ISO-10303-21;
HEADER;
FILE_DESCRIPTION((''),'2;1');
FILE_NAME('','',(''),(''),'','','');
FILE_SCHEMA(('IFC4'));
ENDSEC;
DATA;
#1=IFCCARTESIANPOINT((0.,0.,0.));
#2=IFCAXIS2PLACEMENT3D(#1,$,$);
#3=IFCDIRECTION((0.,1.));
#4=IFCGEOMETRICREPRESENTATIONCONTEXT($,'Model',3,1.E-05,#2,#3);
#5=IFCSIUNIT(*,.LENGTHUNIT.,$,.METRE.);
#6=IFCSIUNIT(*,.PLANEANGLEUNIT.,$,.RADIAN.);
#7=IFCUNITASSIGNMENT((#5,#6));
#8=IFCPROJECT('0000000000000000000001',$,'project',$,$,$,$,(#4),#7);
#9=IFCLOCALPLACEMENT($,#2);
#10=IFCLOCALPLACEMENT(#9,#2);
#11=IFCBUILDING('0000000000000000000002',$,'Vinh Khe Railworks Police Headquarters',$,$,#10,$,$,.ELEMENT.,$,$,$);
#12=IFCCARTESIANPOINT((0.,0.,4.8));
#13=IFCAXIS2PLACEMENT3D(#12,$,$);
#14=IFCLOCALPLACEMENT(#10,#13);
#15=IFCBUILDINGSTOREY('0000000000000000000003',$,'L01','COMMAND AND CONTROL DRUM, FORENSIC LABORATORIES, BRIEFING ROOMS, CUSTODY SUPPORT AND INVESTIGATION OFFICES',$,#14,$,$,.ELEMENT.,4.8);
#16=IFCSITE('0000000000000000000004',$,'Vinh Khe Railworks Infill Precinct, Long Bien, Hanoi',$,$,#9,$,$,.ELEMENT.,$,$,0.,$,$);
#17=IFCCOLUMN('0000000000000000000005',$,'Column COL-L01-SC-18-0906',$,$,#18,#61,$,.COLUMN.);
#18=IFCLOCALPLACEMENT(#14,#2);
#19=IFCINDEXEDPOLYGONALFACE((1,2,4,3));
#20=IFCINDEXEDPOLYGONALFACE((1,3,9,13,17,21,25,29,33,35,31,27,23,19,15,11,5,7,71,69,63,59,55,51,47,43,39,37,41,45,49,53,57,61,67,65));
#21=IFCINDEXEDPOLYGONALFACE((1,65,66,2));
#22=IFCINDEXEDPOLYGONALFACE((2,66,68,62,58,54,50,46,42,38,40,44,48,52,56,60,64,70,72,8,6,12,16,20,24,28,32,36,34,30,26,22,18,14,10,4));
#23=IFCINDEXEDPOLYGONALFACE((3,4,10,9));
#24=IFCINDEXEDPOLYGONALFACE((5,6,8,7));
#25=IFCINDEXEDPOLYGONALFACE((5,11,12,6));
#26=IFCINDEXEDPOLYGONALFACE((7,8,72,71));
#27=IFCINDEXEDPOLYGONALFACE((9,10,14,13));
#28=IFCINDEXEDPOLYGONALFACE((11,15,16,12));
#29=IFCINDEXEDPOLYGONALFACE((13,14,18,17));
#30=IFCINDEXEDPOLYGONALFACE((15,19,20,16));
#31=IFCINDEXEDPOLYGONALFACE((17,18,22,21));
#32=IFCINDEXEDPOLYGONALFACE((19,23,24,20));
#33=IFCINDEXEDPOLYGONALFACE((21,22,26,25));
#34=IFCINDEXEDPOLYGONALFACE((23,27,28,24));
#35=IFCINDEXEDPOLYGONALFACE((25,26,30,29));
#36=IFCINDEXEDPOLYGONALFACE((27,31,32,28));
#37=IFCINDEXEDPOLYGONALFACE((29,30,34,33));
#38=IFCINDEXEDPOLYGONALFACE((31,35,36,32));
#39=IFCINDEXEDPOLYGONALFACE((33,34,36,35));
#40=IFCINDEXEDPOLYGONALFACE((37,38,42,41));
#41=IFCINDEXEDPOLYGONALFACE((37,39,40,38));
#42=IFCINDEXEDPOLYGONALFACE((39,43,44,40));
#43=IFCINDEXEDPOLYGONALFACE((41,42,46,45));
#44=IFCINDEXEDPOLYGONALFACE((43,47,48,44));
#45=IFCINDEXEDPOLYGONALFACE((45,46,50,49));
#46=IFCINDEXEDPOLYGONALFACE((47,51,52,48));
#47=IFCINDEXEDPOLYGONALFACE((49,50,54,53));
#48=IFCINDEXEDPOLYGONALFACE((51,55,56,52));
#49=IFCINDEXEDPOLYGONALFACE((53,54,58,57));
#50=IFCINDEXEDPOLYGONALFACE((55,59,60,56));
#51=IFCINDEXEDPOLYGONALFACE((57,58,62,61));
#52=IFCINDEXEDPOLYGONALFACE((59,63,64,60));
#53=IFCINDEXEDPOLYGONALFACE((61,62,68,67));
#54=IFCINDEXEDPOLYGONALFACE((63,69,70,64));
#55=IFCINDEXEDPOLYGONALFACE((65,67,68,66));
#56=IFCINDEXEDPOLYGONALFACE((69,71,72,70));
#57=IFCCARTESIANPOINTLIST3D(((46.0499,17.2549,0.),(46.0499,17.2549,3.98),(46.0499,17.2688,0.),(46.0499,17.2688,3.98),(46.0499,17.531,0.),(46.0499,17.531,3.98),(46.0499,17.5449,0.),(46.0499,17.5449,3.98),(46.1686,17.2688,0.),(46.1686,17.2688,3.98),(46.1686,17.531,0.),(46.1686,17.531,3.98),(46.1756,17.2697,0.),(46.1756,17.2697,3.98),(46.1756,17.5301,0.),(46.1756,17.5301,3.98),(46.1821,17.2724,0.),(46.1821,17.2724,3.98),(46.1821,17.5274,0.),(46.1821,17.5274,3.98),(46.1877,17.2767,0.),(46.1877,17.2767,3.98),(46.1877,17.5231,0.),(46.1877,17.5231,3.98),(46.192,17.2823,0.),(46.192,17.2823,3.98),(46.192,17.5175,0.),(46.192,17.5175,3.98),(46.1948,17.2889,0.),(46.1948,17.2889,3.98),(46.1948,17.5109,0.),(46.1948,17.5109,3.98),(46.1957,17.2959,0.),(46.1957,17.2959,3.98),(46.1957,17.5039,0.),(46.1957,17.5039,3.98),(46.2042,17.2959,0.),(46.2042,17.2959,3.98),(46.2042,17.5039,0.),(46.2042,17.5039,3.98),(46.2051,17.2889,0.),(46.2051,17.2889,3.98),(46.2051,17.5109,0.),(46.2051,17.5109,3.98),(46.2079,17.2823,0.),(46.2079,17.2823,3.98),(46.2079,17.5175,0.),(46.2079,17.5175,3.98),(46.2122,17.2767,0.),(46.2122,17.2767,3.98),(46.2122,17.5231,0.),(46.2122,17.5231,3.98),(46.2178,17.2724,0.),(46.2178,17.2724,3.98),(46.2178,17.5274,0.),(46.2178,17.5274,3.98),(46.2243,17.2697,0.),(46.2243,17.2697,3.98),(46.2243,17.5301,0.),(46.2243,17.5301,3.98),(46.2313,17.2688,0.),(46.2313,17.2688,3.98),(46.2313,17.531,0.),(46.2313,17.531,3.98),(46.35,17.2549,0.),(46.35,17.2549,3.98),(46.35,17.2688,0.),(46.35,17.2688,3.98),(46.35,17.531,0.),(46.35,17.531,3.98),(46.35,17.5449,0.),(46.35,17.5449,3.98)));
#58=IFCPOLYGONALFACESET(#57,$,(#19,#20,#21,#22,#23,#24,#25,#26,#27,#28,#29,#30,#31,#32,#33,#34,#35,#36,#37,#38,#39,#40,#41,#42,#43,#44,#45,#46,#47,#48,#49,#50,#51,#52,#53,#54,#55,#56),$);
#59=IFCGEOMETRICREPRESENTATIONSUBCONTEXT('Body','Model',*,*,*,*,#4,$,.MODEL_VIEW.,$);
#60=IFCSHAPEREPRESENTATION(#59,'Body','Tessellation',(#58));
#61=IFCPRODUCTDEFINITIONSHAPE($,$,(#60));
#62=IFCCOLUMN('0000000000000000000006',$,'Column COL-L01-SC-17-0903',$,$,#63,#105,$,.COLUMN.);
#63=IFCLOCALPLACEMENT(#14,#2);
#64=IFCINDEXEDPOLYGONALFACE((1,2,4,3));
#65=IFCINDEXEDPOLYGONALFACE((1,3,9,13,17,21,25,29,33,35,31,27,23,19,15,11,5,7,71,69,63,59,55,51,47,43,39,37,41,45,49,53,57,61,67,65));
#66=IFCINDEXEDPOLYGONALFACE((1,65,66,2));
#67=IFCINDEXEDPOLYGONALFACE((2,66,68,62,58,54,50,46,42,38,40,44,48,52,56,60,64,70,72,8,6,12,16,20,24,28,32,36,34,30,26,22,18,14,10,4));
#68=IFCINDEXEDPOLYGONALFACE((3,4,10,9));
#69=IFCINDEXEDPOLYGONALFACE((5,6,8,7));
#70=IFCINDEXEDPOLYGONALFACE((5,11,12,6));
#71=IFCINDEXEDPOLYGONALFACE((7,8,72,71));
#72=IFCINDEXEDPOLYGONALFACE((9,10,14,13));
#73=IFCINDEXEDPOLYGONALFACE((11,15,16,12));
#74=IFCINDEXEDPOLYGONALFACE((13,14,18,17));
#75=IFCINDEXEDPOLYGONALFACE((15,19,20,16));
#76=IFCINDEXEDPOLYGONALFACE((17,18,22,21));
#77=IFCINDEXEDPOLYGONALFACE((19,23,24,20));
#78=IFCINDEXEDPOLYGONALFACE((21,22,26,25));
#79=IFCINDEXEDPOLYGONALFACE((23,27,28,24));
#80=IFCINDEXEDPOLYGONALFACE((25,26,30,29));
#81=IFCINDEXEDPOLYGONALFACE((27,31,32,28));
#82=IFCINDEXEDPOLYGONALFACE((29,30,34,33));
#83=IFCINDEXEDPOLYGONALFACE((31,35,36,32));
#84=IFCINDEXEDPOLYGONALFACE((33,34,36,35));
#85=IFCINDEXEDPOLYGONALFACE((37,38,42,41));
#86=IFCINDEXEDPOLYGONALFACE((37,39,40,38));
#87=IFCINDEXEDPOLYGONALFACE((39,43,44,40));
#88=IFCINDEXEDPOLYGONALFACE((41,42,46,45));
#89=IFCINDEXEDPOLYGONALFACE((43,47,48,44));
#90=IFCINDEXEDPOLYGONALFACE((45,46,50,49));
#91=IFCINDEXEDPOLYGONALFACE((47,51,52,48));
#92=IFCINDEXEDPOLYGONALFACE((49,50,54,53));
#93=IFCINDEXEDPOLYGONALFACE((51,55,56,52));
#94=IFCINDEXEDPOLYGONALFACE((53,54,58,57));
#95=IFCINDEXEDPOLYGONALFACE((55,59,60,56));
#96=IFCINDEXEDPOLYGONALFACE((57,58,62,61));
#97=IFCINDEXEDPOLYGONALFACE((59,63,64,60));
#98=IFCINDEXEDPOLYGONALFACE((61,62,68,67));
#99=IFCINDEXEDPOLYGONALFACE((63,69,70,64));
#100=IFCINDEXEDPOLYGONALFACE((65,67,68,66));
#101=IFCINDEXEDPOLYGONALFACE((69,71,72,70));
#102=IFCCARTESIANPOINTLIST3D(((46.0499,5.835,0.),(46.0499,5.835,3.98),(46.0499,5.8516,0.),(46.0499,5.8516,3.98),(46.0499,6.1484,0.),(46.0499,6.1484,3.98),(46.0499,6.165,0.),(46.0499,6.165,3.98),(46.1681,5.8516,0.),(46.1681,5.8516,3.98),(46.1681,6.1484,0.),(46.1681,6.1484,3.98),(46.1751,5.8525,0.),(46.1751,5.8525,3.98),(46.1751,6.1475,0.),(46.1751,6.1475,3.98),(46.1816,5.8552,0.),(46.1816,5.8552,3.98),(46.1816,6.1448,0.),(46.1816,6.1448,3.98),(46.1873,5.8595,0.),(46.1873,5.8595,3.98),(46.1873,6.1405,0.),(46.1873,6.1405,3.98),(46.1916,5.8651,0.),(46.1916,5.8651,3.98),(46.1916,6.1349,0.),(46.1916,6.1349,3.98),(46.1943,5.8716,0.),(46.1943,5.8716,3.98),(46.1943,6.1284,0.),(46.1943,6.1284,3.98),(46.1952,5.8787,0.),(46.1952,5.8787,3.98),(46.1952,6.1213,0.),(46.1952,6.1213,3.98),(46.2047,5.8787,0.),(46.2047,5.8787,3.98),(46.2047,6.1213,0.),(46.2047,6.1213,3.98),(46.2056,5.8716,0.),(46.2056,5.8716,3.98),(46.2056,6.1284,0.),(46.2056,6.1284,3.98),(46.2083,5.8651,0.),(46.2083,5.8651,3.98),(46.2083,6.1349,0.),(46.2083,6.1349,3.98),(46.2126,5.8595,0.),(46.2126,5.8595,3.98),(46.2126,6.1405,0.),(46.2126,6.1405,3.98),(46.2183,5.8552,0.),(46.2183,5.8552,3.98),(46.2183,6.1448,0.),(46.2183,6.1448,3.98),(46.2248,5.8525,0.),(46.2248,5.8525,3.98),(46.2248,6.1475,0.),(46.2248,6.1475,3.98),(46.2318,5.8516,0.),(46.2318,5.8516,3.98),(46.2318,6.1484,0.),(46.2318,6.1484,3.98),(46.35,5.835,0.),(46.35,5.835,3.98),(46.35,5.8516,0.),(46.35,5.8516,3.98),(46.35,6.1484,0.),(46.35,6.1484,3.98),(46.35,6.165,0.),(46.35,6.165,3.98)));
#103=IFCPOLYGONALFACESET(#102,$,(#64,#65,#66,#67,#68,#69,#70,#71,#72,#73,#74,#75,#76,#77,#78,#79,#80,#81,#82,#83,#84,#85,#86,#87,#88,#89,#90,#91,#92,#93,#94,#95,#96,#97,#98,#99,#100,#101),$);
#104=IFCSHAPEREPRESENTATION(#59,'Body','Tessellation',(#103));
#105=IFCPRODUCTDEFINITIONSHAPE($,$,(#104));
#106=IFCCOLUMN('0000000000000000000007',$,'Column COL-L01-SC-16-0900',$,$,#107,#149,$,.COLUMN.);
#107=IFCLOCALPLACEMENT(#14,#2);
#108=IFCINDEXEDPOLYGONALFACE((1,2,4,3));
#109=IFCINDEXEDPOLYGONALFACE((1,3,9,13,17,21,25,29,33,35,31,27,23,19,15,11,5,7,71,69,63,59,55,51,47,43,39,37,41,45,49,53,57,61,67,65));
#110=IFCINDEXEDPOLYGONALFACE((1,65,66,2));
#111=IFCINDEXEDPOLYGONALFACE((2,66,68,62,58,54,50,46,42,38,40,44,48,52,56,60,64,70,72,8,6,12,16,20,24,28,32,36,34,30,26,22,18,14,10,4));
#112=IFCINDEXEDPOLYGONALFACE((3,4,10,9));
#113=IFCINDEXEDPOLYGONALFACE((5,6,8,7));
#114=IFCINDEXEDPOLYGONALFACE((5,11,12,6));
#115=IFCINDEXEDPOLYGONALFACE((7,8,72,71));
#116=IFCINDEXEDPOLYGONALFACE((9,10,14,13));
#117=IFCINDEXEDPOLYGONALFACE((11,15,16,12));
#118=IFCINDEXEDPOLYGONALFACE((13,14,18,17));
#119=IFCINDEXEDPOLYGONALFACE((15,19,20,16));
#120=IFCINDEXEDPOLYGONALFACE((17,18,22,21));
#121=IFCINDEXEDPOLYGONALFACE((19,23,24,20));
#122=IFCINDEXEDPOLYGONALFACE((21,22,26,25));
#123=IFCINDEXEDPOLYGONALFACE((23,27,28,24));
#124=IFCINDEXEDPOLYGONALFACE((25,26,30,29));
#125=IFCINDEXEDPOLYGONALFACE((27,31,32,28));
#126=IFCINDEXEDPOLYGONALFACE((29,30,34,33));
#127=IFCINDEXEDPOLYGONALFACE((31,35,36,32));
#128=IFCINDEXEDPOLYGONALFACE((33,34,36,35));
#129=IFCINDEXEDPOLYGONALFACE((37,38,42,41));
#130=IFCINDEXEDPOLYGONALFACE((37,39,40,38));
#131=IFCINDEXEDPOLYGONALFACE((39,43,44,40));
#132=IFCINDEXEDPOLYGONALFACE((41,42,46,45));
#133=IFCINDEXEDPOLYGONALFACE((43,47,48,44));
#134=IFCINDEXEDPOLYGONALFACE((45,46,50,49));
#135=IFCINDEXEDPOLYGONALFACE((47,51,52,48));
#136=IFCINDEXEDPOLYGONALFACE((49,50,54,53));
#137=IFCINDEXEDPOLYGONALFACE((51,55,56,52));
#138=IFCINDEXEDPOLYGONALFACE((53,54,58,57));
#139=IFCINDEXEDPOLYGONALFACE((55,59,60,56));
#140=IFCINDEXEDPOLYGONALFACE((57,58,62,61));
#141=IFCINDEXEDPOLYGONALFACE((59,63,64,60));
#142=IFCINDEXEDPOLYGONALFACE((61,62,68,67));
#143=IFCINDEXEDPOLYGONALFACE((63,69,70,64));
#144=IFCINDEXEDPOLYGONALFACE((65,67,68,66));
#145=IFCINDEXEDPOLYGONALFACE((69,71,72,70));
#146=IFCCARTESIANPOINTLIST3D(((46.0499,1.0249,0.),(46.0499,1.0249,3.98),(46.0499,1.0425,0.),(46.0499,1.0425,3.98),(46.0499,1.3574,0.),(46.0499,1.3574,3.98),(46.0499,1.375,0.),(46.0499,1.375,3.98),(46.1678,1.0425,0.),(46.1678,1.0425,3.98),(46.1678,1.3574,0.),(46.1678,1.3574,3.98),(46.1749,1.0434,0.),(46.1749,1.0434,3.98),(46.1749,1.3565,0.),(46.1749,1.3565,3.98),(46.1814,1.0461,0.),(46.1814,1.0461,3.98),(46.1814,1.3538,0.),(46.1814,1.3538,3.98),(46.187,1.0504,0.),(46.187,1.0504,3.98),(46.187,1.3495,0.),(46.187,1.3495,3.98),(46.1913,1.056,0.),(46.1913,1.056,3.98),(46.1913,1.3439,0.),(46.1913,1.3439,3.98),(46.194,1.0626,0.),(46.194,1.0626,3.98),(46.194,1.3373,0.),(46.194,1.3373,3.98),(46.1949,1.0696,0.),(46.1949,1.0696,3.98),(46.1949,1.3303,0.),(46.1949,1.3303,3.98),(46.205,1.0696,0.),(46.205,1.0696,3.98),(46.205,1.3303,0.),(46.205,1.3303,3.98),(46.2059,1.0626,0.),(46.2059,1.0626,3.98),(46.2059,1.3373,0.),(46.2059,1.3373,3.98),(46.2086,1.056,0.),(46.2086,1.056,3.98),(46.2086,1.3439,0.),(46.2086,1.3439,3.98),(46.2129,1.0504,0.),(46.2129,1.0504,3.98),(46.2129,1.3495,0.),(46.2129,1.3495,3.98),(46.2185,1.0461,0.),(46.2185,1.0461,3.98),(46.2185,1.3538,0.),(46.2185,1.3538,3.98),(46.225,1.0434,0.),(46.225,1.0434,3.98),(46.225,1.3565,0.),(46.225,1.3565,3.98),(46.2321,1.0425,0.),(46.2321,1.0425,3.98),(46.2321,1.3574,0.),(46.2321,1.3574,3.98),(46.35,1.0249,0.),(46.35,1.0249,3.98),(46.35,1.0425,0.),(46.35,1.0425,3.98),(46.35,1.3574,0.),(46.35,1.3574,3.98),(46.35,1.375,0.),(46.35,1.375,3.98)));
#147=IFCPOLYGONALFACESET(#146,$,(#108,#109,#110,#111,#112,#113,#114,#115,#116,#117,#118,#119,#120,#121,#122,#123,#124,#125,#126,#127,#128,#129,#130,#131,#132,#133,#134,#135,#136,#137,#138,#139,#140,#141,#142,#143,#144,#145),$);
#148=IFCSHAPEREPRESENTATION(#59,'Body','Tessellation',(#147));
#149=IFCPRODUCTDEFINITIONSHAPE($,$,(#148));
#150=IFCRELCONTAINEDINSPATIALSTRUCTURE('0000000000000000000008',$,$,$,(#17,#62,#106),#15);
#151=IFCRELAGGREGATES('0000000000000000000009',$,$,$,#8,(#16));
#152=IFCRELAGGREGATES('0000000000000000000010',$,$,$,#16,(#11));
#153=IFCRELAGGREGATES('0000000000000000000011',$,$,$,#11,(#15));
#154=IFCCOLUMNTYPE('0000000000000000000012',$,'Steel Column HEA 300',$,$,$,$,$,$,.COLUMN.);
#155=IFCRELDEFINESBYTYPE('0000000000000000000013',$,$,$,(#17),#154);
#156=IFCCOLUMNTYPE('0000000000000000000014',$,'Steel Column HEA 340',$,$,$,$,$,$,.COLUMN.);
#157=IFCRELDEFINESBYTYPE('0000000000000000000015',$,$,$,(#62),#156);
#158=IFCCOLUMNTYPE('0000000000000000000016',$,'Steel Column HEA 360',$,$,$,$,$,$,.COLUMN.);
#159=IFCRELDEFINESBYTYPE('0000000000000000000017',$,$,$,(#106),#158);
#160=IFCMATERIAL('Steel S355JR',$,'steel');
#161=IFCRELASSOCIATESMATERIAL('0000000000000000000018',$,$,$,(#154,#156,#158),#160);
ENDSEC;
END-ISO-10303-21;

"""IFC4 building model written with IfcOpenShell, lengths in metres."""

from ifc_helpers import new_model, si_unit, direction, frame, origin, origin_2d, place, context, subcontext, project, spatial, i_section, extrude, material, material_profile, profile_set, type_object, element, save


model = new_model("IFC4")

# Units and contexts
model_context = context("Model", 3, precision=1e-05, world=origin(), true_north=direction((0.0, 1.0)))
body_context = subcontext(model_context, "Body", "Model", "MODEL_VIEW")
ifc_project = project(units=[si_unit("LENGTHUNIT", "METRE"), si_unit("PLANEANGLEUNIT", "RADIAN")], contexts=[model_context])

# Site, building, storey
site_placement = place(None, origin())
site = spatial("IfcSite", under=ifc_project, at=site_placement, Name="Vinh Khe Railworks Infill Precinct, Long Bien, Hanoi", CompositionType="ELEMENT", RefElevation=0.0)
building_placement = place(site_placement, origin())
building = spatial("IfcBuilding", under=site, at=building_placement, Name="Vinh Khe Railworks Police Headquarters", CompositionType="ELEMENT")
storey_placement = place(building_placement, frame((0.0, 0.0, 4.8)))
storey = spatial("IfcBuildingStorey", under=building, at=storey_placement, Name="L01", Description="COMMAND AND CONTROL DRUM, FORENSIC LABORATORIES, BRIEFING ROOMS, CUSTODY SUPPORT AND INVESTIGATION OFFICES", CompositionType="ELEMENT", Elevation=4.8)

# Columns
ifc_material_1 = material(Name="Steel S355JR", Category="steel")
ifc_material_profile_1 = material_profile(ifc_material_1, i_section(OverallWidth=0.3, OverallDepth=0.29, WebThickness=0.0085, FlangeThickness=0.0139, FilletRadius=0.0271, at=origin_2d()), Name="HEA 300")
ifc_profile_set_1 = profile_set([ifc_material_profile_1], Name="Steel S355JR")
column_type_1 = type_object("IfcColumnType", Name="Steel Column HEA 300", PredefinedType="COLUMN", material=ifc_profile_set_1)
for number, where, z_axis, x_axis, name in (
    (1, (46.2, 17.3999, 0.0), (0.0, 0.0, 1.0), (1.0, 0.0, 0.0), "Column COL-L01-SC-18-0906"),
):
    element("IfcColumn", number, at=place(storey_placement, frame(where, z_axis=z_axis, x_axis=x_axis)), inside=storey, type_object=column_type_1, Name=name, PredefinedType="COLUMN", context=body_context, shape_type="SweptSolid", body=[
        extrude(i_section(OverallWidth=0.3, OverallDepth=0.29, WebThickness=0.0085, FlangeThickness=0.0139, FilletRadius=0.0271, at=origin_2d()), origin(), (0.0, 0.0, 1.0), 3.98),
    ])
ifc_material_profile_2 = material_profile(ifc_material_1, i_section(OverallWidth=0.3, OverallDepth=0.3301, WebThickness=0.0095, FlangeThickness=0.0166, FilletRadius=0.0271, at=origin_2d()), Name="HEA 340")
ifc_profile_set_2 = profile_set([ifc_material_profile_2], Name="Steel S355JR")
column_type_2 = type_object("IfcColumnType", Name="Steel Column HEA 340", PredefinedType="COLUMN", material=ifc_profile_set_2)
column_1_placement = place(storey_placement, frame((46.2, 6.0, 0.0), z_axis=(0.0, 0.0, 1.0), x_axis=(1.0, 0.0, 0.0)))
element("IfcColumn", 2, at=column_1_placement, inside=storey, type_object=column_type_2, Name="Column COL-L01-SC-17-0903", PredefinedType="COLUMN", context=body_context, shape_type="SweptSolid", body=[
    extrude(i_section(OverallWidth=0.3, OverallDepth=0.3301, WebThickness=0.0095, FlangeThickness=0.0166, FilletRadius=0.0271, at=origin_2d()), origin(), (0.0, 0.0, 1.0), 3.98),
])
ifc_material_profile_3 = material_profile(ifc_material_1, i_section(OverallWidth=0.3, OverallDepth=0.3501, WebThickness=0.01, FlangeThickness=0.0176, FilletRadius=0.0271, at=origin_2d()), Name="HEA 360")
ifc_profile_set_3 = profile_set([ifc_material_profile_3], Name="Steel S355JR")
column_type_3 = type_object("IfcColumnType", Name="Steel Column HEA 360", PredefinedType="COLUMN", material=ifc_profile_set_3)
column_2_placement = place(storey_placement, frame((46.2, 1.2, 0.0), z_axis=(0.0, 0.0, 1.0), x_axis=(1.0, 0.0, 0.0)))
element("IfcColumn", 3, at=column_2_placement, inside=storey, type_object=column_type_3, Name="Column COL-L01-SC-16-0900", PredefinedType="COLUMN", context=body_context, shape_type="SweptSolid", body=[
    extrude(i_section(OverallWidth=0.3, OverallDepth=0.3501, WebThickness=0.01, FlangeThickness=0.0176, FilletRadius=0.0271, at=origin_2d()), origin(), (0.0, 0.0, 1.0), 3.98),
])

save(model, "model.ifc")
